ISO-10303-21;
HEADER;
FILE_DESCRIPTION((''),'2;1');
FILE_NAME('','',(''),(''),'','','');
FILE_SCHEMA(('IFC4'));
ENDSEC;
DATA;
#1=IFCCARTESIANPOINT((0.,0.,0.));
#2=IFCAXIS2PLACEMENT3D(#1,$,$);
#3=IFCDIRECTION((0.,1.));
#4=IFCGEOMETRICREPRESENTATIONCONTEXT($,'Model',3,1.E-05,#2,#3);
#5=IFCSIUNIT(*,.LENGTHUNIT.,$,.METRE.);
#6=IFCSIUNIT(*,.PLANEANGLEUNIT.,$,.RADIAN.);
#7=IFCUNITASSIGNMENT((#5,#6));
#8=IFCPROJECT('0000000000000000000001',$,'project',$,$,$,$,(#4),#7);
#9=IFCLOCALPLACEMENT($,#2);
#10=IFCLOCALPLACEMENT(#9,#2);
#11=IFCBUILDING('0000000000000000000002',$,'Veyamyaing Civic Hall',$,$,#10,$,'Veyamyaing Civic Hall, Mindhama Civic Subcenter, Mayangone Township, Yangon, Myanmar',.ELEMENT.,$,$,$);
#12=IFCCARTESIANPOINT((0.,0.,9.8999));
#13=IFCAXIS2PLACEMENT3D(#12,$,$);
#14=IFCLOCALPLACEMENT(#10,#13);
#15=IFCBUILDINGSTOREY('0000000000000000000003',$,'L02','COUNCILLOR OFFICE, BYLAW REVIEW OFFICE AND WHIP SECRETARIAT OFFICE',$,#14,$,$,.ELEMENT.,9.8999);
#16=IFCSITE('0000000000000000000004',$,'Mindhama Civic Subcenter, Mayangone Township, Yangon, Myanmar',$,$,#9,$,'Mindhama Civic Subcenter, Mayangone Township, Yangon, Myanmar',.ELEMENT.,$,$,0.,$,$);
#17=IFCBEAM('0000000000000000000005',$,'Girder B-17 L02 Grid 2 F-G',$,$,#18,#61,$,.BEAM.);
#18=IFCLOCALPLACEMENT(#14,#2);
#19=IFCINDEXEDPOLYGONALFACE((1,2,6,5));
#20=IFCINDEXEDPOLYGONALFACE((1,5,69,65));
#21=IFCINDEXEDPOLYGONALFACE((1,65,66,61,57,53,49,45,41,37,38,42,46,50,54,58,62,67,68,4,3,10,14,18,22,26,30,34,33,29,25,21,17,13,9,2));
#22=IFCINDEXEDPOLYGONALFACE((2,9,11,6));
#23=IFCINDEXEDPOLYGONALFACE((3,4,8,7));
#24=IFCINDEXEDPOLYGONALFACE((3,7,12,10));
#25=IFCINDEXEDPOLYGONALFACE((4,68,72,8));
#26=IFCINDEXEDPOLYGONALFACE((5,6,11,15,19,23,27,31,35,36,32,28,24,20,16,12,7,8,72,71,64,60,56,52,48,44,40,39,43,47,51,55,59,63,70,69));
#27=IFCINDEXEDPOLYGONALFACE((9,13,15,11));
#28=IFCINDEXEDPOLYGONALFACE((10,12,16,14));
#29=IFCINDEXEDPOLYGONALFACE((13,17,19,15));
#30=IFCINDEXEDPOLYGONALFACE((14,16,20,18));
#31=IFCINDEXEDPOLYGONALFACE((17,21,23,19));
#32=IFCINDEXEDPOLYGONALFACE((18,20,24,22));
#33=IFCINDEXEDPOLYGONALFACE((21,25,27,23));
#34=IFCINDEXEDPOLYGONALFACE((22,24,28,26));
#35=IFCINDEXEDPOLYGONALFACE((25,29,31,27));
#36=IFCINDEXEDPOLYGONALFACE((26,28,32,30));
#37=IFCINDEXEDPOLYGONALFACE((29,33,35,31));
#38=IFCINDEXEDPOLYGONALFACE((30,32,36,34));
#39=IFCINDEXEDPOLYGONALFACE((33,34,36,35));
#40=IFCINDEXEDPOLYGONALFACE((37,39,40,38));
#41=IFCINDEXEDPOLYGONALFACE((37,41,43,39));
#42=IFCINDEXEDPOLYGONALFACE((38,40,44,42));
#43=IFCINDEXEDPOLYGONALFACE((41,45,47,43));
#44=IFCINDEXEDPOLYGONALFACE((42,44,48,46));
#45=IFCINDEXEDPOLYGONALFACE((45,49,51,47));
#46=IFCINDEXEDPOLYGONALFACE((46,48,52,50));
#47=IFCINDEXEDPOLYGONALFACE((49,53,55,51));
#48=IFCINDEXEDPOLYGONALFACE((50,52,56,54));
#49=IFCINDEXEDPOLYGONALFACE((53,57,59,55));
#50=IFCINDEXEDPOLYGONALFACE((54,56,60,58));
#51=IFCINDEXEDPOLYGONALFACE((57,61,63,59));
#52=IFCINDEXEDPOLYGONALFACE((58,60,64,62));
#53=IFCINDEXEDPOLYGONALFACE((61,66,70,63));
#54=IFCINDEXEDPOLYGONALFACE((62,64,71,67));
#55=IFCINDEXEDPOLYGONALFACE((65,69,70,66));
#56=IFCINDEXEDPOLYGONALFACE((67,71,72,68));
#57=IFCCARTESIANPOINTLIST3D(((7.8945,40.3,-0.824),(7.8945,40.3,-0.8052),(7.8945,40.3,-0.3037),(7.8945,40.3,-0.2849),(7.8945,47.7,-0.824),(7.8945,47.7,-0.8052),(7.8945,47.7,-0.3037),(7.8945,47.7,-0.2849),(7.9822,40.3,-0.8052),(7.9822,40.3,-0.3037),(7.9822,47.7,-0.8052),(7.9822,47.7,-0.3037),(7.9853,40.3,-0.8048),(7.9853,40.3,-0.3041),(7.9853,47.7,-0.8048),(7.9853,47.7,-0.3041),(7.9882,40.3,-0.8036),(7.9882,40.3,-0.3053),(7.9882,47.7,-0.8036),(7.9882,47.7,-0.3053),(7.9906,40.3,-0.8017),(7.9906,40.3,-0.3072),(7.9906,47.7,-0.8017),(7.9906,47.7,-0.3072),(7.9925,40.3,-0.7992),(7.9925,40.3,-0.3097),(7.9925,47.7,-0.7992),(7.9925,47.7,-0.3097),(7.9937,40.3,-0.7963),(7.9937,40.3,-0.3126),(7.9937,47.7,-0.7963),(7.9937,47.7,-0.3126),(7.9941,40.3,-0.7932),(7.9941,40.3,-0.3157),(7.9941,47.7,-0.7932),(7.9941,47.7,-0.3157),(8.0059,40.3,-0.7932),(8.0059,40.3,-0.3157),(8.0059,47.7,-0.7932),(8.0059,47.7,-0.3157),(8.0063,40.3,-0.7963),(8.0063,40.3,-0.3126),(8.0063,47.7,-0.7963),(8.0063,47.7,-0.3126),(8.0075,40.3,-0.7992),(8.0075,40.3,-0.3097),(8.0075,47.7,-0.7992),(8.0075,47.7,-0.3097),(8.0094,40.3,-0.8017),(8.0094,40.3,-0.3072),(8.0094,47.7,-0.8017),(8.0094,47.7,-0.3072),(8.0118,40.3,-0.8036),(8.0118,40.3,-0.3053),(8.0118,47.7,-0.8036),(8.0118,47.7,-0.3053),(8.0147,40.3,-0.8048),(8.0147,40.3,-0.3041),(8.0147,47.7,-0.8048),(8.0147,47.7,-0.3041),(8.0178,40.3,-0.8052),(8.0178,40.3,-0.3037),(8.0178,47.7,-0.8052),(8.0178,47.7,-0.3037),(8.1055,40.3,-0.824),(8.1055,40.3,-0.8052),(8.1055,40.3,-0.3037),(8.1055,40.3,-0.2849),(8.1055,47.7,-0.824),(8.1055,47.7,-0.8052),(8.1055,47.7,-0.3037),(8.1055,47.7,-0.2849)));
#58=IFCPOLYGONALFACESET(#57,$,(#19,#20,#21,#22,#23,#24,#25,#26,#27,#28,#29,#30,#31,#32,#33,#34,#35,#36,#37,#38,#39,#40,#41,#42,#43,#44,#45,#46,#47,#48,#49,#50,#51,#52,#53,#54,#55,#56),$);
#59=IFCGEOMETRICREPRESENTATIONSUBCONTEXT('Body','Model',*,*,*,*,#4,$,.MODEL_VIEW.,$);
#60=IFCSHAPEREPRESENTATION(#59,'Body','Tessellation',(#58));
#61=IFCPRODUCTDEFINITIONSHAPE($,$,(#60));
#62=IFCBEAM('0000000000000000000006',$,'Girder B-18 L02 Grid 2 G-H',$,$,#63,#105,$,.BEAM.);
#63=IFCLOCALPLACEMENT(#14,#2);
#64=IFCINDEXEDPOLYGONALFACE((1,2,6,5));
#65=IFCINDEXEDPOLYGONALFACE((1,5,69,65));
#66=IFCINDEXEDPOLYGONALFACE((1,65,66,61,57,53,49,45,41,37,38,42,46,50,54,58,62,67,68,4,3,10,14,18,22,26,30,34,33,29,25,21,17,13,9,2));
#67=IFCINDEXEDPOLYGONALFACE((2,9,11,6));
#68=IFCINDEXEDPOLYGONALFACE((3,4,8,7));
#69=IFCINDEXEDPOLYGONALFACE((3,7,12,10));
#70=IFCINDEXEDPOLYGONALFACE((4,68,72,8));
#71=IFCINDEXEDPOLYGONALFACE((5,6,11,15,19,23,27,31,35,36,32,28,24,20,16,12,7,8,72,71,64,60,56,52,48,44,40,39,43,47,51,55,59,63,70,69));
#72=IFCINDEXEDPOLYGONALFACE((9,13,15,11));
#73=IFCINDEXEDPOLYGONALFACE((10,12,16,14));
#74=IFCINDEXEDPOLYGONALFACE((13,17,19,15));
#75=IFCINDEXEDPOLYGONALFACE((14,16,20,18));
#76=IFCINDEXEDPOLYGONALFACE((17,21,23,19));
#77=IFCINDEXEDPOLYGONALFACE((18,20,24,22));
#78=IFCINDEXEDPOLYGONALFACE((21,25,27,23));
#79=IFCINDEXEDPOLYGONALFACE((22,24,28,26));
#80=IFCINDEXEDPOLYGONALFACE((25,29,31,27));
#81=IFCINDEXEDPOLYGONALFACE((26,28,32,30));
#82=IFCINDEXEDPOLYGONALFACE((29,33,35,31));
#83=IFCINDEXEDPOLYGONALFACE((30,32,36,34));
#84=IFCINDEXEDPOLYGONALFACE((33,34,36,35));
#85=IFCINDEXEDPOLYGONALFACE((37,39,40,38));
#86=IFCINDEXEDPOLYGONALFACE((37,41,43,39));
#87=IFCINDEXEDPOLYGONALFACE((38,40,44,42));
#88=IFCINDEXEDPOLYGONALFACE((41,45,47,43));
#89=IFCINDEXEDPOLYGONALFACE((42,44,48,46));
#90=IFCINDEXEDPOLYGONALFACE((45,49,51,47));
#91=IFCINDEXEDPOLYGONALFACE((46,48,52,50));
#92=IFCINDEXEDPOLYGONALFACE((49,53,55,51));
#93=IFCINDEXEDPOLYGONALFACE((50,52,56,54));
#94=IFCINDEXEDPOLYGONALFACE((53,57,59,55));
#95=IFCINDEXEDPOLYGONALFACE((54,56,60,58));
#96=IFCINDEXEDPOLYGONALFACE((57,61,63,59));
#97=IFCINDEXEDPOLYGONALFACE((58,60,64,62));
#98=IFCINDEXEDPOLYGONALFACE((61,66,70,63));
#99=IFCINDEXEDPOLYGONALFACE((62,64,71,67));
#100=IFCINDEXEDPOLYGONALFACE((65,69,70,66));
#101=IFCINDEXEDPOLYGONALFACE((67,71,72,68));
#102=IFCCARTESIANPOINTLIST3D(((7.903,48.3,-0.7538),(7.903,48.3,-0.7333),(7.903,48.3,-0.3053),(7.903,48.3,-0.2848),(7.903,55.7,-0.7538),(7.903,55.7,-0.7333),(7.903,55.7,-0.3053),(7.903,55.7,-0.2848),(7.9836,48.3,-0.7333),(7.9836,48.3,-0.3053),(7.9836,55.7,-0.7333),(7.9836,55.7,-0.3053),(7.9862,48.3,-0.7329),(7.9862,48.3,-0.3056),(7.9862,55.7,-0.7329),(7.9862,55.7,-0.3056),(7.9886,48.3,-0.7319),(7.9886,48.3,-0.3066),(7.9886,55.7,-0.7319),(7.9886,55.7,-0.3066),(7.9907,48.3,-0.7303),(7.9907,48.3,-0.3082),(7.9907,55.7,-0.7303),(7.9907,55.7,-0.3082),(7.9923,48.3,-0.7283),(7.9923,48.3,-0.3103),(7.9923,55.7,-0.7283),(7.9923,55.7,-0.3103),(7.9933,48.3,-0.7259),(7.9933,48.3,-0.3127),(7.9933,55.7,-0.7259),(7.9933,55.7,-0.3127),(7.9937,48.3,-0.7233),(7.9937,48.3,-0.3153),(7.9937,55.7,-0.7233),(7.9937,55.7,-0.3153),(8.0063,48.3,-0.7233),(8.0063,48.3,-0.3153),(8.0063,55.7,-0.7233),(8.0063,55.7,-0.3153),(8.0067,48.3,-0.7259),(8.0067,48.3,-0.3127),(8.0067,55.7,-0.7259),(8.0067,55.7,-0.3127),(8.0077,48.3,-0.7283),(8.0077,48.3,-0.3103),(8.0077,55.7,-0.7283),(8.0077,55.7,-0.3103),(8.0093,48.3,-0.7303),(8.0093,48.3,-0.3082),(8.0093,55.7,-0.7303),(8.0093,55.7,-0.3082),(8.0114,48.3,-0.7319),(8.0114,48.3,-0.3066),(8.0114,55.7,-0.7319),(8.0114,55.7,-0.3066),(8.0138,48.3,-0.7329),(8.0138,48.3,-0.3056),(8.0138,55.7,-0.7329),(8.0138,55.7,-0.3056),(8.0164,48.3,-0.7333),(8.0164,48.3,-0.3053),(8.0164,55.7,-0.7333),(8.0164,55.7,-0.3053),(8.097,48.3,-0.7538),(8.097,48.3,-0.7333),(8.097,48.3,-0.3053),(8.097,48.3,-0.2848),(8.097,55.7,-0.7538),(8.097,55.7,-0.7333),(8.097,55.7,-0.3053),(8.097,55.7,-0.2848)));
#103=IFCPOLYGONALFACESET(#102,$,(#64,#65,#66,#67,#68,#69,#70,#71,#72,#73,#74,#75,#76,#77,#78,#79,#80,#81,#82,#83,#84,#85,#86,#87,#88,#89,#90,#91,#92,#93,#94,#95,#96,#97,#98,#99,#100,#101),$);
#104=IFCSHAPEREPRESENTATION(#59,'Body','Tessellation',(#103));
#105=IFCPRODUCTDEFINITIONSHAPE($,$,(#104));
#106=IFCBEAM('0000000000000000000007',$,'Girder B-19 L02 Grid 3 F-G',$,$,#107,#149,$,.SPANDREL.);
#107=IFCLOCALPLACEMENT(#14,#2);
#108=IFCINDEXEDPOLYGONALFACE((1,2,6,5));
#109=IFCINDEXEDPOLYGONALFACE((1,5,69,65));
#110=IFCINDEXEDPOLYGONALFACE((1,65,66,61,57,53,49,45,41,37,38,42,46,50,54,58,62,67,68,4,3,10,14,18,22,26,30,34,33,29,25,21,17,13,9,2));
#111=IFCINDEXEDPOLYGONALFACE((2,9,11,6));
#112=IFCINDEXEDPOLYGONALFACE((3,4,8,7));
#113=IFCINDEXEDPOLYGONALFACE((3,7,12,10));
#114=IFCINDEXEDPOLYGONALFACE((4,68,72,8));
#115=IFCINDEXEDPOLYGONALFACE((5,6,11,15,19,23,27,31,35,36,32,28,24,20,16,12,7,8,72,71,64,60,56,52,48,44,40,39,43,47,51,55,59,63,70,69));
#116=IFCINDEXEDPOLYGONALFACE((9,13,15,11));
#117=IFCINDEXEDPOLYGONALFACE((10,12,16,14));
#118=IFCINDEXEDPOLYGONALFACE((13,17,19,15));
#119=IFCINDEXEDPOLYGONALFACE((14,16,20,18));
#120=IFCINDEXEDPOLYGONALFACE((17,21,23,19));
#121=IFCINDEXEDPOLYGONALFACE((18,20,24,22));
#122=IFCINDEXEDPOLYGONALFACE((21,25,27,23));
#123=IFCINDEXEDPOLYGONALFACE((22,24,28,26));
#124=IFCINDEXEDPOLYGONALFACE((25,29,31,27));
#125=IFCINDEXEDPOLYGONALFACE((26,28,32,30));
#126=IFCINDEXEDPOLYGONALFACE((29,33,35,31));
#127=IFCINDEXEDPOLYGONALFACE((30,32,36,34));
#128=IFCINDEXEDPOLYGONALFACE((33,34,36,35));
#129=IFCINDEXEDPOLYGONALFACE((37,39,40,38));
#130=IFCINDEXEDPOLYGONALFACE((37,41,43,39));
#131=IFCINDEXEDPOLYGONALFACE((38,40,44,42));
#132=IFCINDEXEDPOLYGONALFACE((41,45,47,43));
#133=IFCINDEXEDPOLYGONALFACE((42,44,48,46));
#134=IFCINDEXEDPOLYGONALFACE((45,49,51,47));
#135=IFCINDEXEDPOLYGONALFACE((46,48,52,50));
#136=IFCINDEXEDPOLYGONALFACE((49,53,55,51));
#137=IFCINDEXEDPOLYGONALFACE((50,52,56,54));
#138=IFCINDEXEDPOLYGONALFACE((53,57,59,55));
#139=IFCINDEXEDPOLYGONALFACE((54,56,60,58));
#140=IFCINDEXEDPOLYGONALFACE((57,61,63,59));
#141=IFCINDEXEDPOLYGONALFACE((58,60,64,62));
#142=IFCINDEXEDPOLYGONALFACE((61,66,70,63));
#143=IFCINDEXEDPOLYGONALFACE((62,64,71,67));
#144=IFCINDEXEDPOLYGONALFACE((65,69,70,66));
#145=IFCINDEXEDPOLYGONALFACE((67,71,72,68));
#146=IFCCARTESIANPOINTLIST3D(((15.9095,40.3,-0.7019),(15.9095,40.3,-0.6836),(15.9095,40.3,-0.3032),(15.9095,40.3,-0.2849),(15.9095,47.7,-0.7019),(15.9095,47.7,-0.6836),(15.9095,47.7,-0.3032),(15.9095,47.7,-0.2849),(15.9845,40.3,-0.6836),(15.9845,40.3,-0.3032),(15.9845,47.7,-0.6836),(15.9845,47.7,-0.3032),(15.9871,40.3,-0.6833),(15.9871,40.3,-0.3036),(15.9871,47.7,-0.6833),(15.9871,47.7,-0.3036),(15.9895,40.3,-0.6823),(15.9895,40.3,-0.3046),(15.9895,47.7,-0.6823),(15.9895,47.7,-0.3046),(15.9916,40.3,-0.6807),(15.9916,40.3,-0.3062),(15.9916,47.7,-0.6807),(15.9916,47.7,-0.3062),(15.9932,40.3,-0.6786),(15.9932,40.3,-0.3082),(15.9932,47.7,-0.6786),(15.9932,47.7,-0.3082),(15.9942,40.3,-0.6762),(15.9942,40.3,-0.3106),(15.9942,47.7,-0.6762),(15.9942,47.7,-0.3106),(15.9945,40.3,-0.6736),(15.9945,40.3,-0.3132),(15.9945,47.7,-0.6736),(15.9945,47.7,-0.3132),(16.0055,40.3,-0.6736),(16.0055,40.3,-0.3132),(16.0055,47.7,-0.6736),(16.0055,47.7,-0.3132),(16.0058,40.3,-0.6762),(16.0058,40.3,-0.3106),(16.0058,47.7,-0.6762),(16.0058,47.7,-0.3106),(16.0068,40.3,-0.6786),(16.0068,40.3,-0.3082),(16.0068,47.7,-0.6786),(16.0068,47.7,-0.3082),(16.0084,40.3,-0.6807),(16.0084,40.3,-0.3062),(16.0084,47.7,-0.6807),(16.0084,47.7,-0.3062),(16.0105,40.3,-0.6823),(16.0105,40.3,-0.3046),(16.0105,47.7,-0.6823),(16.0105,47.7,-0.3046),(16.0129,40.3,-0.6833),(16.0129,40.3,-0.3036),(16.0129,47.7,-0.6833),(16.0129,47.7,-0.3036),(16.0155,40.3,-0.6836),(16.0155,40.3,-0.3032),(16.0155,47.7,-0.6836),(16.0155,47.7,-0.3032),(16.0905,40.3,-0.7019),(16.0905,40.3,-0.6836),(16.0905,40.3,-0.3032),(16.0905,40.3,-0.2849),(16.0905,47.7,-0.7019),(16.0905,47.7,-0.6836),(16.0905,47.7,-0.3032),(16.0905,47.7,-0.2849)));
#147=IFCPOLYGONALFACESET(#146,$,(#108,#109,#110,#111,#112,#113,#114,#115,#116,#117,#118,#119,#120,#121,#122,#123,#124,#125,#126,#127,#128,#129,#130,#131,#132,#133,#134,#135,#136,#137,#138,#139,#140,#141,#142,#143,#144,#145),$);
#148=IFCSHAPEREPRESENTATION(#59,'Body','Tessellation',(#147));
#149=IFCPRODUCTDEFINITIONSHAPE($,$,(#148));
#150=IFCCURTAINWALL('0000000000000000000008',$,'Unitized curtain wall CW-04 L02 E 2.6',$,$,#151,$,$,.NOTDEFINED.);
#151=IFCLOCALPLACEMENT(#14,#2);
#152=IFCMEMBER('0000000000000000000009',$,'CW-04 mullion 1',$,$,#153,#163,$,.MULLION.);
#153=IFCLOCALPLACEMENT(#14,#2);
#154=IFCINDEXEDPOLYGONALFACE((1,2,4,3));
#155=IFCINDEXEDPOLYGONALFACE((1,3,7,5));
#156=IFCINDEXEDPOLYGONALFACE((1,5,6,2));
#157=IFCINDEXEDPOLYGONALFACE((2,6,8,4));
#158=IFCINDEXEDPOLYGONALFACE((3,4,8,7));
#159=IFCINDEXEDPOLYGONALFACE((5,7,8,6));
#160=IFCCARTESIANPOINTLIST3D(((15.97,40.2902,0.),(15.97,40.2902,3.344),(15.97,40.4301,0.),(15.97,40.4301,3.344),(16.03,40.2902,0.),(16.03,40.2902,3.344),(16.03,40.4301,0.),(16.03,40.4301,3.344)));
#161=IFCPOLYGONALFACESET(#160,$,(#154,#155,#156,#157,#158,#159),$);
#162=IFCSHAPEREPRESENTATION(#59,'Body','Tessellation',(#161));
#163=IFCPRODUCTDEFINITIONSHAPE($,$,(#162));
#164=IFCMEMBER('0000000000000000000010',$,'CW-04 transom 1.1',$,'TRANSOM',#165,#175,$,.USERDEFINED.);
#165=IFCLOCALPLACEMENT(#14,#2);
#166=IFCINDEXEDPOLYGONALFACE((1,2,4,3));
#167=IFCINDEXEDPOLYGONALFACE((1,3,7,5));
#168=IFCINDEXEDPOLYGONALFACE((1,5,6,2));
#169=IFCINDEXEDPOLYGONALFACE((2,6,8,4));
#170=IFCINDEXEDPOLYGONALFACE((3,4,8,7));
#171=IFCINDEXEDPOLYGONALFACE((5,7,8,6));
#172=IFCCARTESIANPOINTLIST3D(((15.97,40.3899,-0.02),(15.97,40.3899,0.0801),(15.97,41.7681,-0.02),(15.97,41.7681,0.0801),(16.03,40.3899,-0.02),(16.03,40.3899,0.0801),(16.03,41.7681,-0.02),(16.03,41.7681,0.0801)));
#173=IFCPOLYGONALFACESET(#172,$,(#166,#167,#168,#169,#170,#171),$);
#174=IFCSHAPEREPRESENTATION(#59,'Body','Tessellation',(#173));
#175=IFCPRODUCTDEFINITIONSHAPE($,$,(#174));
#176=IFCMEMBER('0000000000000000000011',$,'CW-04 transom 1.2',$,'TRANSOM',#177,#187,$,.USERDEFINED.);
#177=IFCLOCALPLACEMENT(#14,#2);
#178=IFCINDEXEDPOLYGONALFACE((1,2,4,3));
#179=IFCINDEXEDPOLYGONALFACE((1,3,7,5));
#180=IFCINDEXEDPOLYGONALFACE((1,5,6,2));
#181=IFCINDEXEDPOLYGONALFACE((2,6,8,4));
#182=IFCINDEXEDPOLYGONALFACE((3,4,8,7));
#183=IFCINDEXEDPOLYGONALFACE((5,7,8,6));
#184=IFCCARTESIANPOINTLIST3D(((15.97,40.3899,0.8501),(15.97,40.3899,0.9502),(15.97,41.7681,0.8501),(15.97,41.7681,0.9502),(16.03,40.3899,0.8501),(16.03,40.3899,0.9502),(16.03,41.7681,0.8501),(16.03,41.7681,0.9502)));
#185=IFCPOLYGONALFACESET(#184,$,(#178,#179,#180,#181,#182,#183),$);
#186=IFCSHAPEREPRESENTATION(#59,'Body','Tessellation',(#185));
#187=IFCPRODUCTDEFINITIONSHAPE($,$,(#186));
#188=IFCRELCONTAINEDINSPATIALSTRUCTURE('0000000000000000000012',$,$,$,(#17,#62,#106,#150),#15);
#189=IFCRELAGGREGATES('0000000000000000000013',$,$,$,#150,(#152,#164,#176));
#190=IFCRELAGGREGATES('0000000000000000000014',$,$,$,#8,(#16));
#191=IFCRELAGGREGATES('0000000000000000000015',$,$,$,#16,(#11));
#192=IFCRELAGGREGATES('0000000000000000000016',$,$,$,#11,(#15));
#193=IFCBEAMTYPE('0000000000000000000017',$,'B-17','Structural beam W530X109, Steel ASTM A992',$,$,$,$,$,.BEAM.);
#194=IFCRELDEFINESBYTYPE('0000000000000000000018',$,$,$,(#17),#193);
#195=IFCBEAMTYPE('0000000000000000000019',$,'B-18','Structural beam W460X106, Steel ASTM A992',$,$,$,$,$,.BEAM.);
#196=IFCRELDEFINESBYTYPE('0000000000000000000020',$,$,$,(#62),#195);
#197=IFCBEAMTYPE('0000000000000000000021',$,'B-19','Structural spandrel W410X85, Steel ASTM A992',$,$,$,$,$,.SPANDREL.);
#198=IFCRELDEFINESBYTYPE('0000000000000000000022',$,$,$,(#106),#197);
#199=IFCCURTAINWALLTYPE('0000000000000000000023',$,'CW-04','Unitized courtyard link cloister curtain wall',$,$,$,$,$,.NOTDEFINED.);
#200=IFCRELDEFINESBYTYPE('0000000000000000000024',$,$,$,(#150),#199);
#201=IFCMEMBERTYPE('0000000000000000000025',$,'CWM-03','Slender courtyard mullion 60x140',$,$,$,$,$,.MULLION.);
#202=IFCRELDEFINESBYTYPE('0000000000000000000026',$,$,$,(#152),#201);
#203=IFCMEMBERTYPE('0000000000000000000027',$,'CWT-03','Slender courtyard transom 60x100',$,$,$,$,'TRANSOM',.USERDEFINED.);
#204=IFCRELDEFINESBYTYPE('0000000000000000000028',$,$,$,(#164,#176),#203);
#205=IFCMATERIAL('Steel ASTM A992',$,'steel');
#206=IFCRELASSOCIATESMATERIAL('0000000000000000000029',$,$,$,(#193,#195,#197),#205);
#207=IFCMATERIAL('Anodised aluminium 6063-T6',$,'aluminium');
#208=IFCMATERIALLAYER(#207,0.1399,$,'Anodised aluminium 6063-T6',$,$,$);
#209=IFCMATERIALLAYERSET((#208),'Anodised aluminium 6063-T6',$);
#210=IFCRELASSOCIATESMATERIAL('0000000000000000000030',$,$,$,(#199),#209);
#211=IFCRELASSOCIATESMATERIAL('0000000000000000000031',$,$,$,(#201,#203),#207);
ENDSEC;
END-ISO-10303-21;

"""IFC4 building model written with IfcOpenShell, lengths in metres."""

from ifc_helpers import new_model, si_unit, direction, frame, origin, origin_2d, place, context, subcontext, project, spatial, rectangle, i_section, extrude, material, layer, layer_set, material_profile, profile_set, type_object, element, aggregate, save


model = new_model("IFC4")

# Units and contexts
model_context = context("Model", 3, precision=1e-05, world=origin(), true_north=direction((0.0, 1.0)))
body_context = subcontext(model_context, "Body", "Model", "MODEL_VIEW")
ifc_project = project(units=[si_unit("LENGTHUNIT", "METRE"), si_unit("PLANEANGLEUNIT", "RADIAN")], contexts=[model_context])

# Site, building, storey
site_placement = place(None, origin())
site = spatial("IfcSite", under=ifc_project, at=site_placement, Name="Mindhama Civic Subcenter, Mayangone Township, Yangon, Myanmar", LongName="Mindhama Civic Subcenter, Mayangone Township, Yangon, Myanmar", CompositionType="ELEMENT", RefElevation=0.0)
building_placement = place(site_placement, origin())
building = spatial("IfcBuilding", under=site, at=building_placement, Name="Veyamyaing Civic Hall", LongName="Veyamyaing Civic Hall, Mindhama Civic Subcenter, Mayangone Township, Yangon, Myanmar", CompositionType="ELEMENT")
storey_placement = place(building_placement, frame((0.0, 0.0, 9.8999)))
storey = spatial("IfcBuildingStorey", under=building, at=storey_placement, Name="L02", Description="COUNCILLOR OFFICE, BYLAW REVIEW OFFICE AND WHIP SECRETARIAT OFFICE", CompositionType="ELEMENT", Elevation=9.8999)

# Beams
ifc_material_1 = material(Name="Steel ASTM A992", Category="steel")
ifc_material_profile_1 = material_profile(ifc_material_1, i_section(OverallWidth=0.2109, OverallDepth=0.5391, WebThickness=0.0117, FlangeThickness=0.0188, FilletRadius=0.012, at=origin_2d()), Name="W530X109")
ifc_profile_set_1 = profile_set([ifc_material_profile_1], Name="Steel ASTM A992")
beam_type_1 = type_object("IfcBeamType", Name="B-17", Description="Structural beam W530X109, Steel ASTM A992", PredefinedType="BEAM", material=ifc_profile_set_1)
for number, where, z_axis, x_axis, name in (
    (1, (8.0, 40.3, -0.5544), (0.0, 1.0, 0.0), (-1.0, 0.0, 0.0), "Girder B-17 L02 Grid 2 F-G"),
):
    element("IfcBeam", number, at=place(storey_placement, frame(where, z_axis=z_axis, x_axis=x_axis)), inside=storey, type_object=beam_type_1, Name=name, PredefinedType="BEAM", context=body_context, shape_type="SweptSolid", body=[
        extrude(i_section(OverallWidth=0.2109, OverallDepth=0.5391, WebThickness=0.0117, FlangeThickness=0.0188, FilletRadius=0.012, at=origin_2d()), origin(), (0.0, 0.0, 1.0), 7.3999),
    ])
ifc_material_profile_2 = material_profile(ifc_material_1, i_section(OverallWidth=0.1941, OverallDepth=0.469, WebThickness=0.0127, FlangeThickness=0.0205, FilletRadius=0.01, at=origin_2d()), Name="W460X106")
ifc_profile_set_2 = profile_set([ifc_material_profile_2], Name="Steel ASTM A992")
beam_type_2 = type_object("IfcBeamType", Name="B-18", Description="Structural beam W460X106, Steel ASTM A992", PredefinedType="BEAM", material=ifc_profile_set_2)
beam_1_placement = place(storey_placement, frame((8.0, 48.3, -0.5193), z_axis=(0.0, 1.0, 0.0), x_axis=(-1.0, 0.0, 0.0)))
element("IfcBeam", 2, at=beam_1_placement, inside=storey, type_object=beam_type_2, Name="Girder B-18 L02 Grid 2 G-H", PredefinedType="BEAM", context=body_context, shape_type="SweptSolid", body=[
    extrude(i_section(OverallWidth=0.1941, OverallDepth=0.469, WebThickness=0.0127, FlangeThickness=0.0205, FilletRadius=0.01, at=origin_2d()), origin(), (0.0, 0.0, 1.0), 7.3999),
])
ifc_material_profile_3 = material_profile(ifc_material_1, i_section(OverallWidth=0.1809, OverallDepth=0.417, WebThickness=0.011, FlangeThickness=0.0183, FilletRadius=0.01, at=origin_2d()), Name="W410X85")
ifc_profile_set_3 = profile_set([ifc_material_profile_3], Name="Steel ASTM A992")
beam_type_3 = type_object("IfcBeamType", Name="B-19", Description="Structural spandrel W410X85, Steel ASTM A992", PredefinedType="SPANDREL", material=ifc_profile_set_3)
beam_2_placement = place(storey_placement, frame((16.0, 40.3, -0.4934), z_axis=(0.0, 1.0, 0.0), x_axis=(-1.0, 0.0, 0.0)))
element("IfcBeam", 3, at=beam_2_placement, inside=storey, type_object=beam_type_3, Name="Girder B-19 L02 Grid 3 F-G", PredefinedType="SPANDREL", context=body_context, shape_type="SweptSolid", body=[
    extrude(i_section(OverallWidth=0.1809, OverallDepth=0.417, WebThickness=0.011, FlangeThickness=0.0183, FilletRadius=0.01, at=origin_2d()), origin(), (0.0, 0.0, 1.0), 7.3999),
])

# Curtain wall, members
ifc_material_2 = material(Name="Anodised aluminium 6063-T6", Category="aluminium")
ifc_layer_1 = layer(ifc_material_2, 0.1399, Name="Anodised aluminium 6063-T6")
ifc_layer_set_1 = layer_set([ifc_layer_1], Name="Anodised aluminium 6063-T6")
curtain_wall_type = type_object("IfcCurtainWallType", Name="CW-04", Description="Unitized courtyard link cloister curtain wall", PredefinedType="NOTDEFINED", material=ifc_layer_set_1)
curtain_wall_placement = place(storey_placement, origin())
curtain_wall = element("IfcCurtainWall", 4, at=curtain_wall_placement, inside=storey, type_object=curtain_wall_type, Name="Unitized curtain wall CW-04 L02 E 2.6", PredefinedType="NOTDEFINED")
ifc_material_profile_4 = material_profile(ifc_material_2, rectangle(XDim=0.0601, YDim=0.1399, at=origin_2d()), Name="ALU-MUL-60X140")
ifc_profile_set_4 = profile_set([ifc_material_profile_4], Name="Anodised aluminium 6063-T6")
member_type_1 = type_object("IfcMemberType", Name="CWM-03", Description="Slender courtyard mullion 60x140", PredefinedType="MULLION", material=ifc_profile_set_4)
member_1_placement = place(storey_placement, frame((16.0, 40.3601, 0.0), z_axis=(0.0, 0.0, 1.0), x_axis=(-1.0, 0.0, 0.0)))
member_1 = element("IfcMember", 5, at=member_1_placement, type_object=member_type_1, Name="CW-04 mullion 1", PredefinedType="MULLION", context=body_context, shape_type="SweptSolid", body=[
    extrude(rectangle(XDim=0.0601, YDim=0.1399, at=origin_2d()), origin(), (0.0, 0.0, 1.0), 3.344),
])
ifc_material_profile_5 = material_profile(ifc_material_2, rectangle(XDim=0.0601, YDim=0.1001, at=origin_2d()), Name="ALU-TRN-60X100")
ifc_profile_set_5 = profile_set([ifc_material_profile_5], Name="Anodised aluminium 6063-T6")
member_type_2 = type_object("IfcMemberType", Name="CWT-03", Description="Slender courtyard transom 60x100", ElementType="TRANSOM", PredefinedType="USERDEFINED", material=ifc_profile_set_5)
member_2_placement = place(storey_placement, frame((16.0, 40.3899, 0.03), z_axis=(0.0, 1.0, 0.0), x_axis=(-1.0, 0.0, 0.0)))
member_2 = element("IfcMember", 6, at=member_2_placement, type_object=member_type_2, Name="CW-04 transom 1.1", ObjectType="TRANSOM", PredefinedType="USERDEFINED", context=body_context, shape_type="SweptSolid", body=[
    extrude(rectangle(XDim=0.0601, YDim=0.1001, at=origin_2d()), origin(), (0.0, 0.0, 1.0), 1.3782),
])
member_3_placement = place(storey_placement, frame((16.0, 40.3899, 0.9001), z_axis=(0.0, 1.0, 0.0), x_axis=(-1.0, 0.0, 0.0)))
member_3 = element("IfcMember", 7, at=member_3_placement, type_object=member_type_2, Name="CW-04 transom 1.2", ObjectType="TRANSOM", PredefinedType="USERDEFINED", context=body_context, shape_type="SweptSolid", body=[
    extrude(rectangle(XDim=0.0601, YDim=0.1001, at=origin_2d()), origin(), (0.0, 0.0, 1.0), 1.3782),
])
aggregate(curtain_wall, [member_1, member_2, member_3])

save(model, "model.ifc")
